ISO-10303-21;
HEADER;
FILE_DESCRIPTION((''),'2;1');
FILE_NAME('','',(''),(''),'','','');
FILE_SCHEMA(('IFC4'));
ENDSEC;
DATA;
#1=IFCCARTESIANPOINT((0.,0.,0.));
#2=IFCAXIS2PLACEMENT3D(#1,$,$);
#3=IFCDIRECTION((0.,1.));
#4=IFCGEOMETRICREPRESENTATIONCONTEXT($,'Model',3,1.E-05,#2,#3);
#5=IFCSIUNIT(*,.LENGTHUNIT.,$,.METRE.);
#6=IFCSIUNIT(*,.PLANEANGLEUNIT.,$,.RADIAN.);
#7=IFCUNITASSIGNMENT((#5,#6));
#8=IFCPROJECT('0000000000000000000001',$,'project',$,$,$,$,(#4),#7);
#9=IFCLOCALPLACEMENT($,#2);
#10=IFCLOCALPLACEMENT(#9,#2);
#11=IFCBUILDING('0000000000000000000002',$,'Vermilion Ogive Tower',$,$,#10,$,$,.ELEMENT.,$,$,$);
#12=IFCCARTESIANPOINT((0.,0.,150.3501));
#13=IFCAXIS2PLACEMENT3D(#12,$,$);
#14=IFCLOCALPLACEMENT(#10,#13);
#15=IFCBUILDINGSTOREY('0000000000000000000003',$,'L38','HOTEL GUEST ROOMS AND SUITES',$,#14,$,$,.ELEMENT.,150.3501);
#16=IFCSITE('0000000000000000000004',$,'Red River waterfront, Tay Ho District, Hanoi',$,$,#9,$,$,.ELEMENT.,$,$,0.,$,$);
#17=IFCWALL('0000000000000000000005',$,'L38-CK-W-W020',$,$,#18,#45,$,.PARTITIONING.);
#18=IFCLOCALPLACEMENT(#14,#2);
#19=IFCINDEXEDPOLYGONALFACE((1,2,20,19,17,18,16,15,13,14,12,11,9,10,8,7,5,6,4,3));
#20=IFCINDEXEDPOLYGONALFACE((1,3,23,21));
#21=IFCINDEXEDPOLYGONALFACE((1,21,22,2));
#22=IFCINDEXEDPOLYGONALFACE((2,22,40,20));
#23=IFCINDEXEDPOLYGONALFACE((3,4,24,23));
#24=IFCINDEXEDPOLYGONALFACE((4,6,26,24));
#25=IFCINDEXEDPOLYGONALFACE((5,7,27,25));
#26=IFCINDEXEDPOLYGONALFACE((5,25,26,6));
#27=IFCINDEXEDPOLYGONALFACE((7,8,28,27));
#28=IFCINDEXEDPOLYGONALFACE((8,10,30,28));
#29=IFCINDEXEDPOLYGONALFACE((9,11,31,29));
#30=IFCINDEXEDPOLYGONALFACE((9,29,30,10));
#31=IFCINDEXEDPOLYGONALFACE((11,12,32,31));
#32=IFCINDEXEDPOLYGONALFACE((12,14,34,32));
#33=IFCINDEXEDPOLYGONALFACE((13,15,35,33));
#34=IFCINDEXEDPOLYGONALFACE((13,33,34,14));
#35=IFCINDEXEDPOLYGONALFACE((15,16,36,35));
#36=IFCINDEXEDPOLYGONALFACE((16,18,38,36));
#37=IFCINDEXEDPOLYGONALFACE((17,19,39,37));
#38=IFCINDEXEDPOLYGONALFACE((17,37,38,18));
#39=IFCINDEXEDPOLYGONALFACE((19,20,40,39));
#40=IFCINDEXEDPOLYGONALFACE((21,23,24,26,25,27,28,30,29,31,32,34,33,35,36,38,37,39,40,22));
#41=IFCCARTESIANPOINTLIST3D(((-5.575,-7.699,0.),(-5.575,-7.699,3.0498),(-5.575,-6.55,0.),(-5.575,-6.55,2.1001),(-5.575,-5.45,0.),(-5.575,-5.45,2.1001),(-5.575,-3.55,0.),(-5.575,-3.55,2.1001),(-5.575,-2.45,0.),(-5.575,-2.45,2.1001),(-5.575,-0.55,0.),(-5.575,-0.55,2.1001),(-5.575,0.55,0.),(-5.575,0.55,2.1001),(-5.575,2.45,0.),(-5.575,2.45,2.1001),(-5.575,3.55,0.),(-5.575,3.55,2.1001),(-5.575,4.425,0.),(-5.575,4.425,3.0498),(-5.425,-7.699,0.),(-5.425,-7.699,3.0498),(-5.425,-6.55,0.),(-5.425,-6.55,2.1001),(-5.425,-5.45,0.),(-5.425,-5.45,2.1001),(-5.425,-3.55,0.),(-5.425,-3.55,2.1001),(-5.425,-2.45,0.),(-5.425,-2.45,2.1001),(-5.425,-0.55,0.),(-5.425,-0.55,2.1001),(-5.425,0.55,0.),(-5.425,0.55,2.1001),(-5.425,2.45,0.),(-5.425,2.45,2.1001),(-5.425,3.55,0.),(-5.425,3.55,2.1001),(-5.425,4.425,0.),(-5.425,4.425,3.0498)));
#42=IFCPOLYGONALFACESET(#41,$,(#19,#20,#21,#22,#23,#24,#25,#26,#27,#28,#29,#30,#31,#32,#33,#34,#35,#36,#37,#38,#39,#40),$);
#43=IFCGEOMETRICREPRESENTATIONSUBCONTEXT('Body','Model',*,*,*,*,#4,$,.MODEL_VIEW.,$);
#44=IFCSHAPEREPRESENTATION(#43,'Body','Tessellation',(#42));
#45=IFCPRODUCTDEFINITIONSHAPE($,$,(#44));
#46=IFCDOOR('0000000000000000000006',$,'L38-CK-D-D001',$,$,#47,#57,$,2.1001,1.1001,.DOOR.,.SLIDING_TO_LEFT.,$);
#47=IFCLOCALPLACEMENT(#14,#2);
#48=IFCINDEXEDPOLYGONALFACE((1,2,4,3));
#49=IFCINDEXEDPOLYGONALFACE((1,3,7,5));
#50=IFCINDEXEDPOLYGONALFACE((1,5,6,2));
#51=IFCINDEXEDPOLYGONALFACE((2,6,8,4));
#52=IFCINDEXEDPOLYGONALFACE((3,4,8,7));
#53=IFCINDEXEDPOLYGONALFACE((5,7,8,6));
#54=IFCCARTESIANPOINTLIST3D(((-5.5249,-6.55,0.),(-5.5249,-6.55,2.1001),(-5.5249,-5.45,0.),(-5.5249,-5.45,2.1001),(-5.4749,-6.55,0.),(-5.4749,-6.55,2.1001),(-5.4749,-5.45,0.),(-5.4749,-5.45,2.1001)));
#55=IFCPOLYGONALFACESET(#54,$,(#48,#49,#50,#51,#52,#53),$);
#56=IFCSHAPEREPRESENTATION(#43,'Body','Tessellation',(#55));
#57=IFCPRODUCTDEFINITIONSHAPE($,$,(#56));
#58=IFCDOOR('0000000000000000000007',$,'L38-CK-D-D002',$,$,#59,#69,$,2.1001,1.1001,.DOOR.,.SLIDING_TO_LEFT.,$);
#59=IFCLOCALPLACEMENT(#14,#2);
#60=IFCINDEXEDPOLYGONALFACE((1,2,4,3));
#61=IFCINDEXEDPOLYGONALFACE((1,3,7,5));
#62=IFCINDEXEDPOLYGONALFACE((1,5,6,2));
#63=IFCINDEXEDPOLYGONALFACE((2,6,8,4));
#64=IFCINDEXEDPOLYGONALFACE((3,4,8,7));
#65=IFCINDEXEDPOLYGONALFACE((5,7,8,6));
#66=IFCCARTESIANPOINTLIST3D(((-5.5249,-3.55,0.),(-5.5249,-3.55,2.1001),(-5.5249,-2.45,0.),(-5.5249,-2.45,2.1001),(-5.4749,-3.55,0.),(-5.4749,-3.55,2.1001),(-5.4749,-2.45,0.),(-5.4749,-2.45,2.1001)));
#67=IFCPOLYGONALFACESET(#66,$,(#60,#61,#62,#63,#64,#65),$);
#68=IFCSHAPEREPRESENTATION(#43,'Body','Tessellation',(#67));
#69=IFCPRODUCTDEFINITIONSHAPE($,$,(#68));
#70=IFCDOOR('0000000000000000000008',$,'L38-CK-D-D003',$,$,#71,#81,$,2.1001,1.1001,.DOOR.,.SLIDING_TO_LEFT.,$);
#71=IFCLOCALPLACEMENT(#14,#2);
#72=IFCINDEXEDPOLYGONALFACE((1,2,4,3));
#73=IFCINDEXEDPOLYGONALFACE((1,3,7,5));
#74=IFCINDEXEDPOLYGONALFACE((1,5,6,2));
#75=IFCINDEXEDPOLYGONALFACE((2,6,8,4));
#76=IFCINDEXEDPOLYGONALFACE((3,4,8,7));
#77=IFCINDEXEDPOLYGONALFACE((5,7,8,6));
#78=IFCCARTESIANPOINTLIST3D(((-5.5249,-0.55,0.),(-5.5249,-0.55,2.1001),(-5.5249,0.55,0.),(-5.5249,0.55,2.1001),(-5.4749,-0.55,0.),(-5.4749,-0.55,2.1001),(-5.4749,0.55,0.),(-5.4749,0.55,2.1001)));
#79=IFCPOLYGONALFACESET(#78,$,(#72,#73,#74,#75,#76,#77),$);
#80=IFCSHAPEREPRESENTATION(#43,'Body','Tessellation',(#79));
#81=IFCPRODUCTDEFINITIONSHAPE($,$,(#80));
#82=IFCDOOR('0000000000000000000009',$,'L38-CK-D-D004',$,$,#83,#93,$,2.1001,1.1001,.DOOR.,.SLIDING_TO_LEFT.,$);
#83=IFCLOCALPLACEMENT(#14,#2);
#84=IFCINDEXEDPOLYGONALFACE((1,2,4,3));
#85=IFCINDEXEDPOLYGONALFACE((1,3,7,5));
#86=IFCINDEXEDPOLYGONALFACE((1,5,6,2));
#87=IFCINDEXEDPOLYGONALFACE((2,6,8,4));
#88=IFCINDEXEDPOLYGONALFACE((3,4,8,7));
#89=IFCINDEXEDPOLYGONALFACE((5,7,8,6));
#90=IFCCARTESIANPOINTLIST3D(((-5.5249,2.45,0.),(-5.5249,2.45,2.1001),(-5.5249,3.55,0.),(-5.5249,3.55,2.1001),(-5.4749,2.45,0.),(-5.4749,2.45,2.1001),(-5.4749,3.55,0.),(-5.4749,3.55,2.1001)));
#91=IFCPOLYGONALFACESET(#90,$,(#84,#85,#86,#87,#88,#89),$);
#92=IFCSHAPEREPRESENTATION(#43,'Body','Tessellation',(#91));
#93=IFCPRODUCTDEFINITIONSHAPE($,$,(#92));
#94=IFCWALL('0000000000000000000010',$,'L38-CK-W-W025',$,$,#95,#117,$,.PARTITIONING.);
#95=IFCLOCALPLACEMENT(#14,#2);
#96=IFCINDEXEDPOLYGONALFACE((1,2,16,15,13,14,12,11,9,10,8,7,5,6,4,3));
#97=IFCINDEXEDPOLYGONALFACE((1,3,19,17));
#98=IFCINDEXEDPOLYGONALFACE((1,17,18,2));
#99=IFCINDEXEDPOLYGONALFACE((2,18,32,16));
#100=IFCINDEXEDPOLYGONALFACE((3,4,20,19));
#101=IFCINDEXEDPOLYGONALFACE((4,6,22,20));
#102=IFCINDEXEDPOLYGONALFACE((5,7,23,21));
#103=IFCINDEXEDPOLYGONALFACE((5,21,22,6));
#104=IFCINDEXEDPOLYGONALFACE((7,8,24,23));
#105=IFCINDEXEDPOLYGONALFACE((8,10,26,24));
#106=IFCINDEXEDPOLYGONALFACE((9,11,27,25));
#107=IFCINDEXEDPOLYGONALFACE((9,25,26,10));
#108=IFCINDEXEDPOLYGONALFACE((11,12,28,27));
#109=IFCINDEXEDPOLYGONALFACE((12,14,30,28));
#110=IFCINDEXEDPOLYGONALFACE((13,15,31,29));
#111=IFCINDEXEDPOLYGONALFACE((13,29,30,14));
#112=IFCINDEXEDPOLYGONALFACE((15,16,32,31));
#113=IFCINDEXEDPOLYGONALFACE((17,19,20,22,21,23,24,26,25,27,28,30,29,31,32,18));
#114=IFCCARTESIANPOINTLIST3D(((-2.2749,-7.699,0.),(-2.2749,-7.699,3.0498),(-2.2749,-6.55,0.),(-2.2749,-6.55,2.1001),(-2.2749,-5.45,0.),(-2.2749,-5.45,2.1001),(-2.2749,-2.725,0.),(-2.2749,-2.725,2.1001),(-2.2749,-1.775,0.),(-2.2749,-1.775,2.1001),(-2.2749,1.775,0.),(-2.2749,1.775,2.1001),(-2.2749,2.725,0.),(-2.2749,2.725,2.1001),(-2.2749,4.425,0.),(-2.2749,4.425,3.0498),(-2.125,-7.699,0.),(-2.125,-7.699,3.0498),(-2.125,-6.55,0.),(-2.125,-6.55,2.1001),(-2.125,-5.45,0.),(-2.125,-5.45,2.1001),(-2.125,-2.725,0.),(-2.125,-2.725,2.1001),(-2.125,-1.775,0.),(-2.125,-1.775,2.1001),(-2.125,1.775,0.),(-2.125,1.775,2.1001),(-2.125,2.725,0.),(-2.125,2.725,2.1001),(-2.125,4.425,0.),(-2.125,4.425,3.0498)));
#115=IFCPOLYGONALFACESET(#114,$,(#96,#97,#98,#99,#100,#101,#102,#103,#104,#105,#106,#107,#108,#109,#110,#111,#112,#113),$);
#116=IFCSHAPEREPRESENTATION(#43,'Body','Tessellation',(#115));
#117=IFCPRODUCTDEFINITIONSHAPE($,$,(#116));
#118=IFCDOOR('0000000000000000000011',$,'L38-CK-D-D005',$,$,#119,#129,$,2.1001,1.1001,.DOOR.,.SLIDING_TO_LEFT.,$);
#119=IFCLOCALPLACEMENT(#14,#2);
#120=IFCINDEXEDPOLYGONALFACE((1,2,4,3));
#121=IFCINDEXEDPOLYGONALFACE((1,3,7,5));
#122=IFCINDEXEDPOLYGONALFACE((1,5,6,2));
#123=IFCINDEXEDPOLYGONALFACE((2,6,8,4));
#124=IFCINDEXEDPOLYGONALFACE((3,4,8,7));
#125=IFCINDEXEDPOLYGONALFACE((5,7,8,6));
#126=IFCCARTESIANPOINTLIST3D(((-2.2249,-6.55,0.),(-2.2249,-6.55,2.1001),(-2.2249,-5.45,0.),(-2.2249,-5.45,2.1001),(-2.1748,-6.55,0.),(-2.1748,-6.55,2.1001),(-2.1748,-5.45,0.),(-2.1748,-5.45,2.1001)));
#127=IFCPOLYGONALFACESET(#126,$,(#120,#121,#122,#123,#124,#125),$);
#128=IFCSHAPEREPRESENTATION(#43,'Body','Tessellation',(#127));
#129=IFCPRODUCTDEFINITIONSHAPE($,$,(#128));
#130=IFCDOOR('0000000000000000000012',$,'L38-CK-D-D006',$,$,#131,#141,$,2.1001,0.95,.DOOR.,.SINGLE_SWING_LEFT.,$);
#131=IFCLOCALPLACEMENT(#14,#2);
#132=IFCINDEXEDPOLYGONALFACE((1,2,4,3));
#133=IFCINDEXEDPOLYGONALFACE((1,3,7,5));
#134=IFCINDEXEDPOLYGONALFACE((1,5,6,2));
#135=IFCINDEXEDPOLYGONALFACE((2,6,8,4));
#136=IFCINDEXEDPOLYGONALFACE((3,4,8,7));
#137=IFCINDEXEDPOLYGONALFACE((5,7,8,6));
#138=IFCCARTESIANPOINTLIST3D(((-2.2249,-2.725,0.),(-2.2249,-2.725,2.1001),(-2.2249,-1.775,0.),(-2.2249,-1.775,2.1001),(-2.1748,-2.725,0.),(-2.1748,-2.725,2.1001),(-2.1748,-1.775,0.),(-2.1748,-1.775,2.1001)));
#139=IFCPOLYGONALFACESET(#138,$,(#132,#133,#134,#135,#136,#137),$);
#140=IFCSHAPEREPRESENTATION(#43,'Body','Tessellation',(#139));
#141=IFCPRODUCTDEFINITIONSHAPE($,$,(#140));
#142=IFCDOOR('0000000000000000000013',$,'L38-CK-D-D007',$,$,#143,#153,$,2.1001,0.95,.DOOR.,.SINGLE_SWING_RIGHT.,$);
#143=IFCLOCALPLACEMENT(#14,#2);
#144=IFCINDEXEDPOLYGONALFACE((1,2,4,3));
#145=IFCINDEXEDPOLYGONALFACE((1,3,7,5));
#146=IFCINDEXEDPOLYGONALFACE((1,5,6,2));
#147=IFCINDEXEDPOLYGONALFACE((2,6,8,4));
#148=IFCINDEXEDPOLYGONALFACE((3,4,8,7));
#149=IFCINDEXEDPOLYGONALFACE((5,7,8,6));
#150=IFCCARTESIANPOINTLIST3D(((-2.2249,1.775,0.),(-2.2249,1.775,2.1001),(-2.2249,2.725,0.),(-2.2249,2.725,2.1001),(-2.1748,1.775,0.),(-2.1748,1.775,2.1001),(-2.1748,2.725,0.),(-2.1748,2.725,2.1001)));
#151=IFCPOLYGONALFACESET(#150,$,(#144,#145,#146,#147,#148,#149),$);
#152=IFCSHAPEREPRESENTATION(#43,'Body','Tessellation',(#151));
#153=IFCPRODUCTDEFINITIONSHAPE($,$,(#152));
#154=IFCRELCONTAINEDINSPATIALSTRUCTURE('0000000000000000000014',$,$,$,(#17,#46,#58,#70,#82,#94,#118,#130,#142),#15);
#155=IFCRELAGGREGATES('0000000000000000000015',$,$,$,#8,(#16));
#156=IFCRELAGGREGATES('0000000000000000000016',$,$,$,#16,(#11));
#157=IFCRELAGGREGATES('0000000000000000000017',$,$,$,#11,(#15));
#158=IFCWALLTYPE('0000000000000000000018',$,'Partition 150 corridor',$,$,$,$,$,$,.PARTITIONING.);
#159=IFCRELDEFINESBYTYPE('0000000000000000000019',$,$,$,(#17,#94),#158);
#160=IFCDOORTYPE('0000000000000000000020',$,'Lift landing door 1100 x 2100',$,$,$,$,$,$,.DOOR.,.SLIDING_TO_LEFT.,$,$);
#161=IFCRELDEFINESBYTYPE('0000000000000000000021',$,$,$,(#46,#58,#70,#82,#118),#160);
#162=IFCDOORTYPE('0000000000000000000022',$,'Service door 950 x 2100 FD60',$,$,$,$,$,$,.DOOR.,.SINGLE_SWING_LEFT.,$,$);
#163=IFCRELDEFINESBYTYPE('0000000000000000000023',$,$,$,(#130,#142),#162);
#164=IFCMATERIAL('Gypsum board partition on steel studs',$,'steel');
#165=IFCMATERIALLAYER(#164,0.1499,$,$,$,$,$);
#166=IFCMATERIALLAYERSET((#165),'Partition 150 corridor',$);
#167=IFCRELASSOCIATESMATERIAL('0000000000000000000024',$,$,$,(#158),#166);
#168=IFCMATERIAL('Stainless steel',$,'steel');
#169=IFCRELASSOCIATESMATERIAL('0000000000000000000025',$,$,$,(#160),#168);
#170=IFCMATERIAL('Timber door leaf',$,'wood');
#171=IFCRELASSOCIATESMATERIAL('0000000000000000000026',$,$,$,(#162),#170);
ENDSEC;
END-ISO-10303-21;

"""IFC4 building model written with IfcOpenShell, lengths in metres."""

from ifc_helpers import new_model, si_unit, direction, frame, frame_2d, origin, place, context, subcontext, project, spatial, rectangle, extrude, material, layer, layer_set, type_object, element, fill, save


model = new_model("IFC4")

# Units and contexts
model_context = context("Model", 3, precision=1e-05, world=origin(), true_north=direction((0.0, 1.0)))
body_context = subcontext(model_context, "Body", "Model", "MODEL_VIEW")
ifc_project = project(units=[si_unit("LENGTHUNIT", "METRE"), si_unit("PLANEANGLEUNIT", "RADIAN")], contexts=[model_context])

# Site, building, storey
site_placement = place(None, origin())
site = spatial("IfcSite", under=ifc_project, at=site_placement, Name="Red River waterfront, Tay Ho District, Hanoi", CompositionType="ELEMENT", RefElevation=0.0)
building_placement = place(site_placement, origin())
building = spatial("IfcBuilding", under=site, at=building_placement, Name="Vermilion Ogive Tower", CompositionType="ELEMENT")
storey_placement = place(building_placement, frame((0.0, 0.0, 150.3501)))
storey = spatial("IfcBuildingStorey", under=building, at=storey_placement, Name="L38", Description="HOTEL GUEST ROOMS AND SUITES", CompositionType="ELEMENT", Elevation=150.3501)

# Walls, openings, doors
ifc_material_1 = material(Name="Gypsum board partition on steel studs", Category="steel")
ifc_layer_1 = layer(ifc_material_1, 0.1499)
ifc_layer_set_1 = layer_set([ifc_layer_1], Name="Partition 150 corridor")
wall_type_1 = type_object("IfcWallType", Name="Partition 150 corridor", PredefinedType="PARTITIONING", material=ifc_layer_set_1)
wall_1_placement = place(storey_placement, frame((-5.5, -7.699, 0.0), z_axis=(0.0, 0.0, 1.0), x_axis=(0.0, 1.0, 0.0)))
wall_1 = element("IfcWall", 1, at=wall_1_placement, inside=storey, type_object=wall_type_1, Name="L38-CK-W-W020", PredefinedType="PARTITIONING", context=body_context, shape_type="SweptSolid", body=[
    extrude(rectangle(XDim=12.124, YDim=0.1499, at=frame_2d((6.062, 0.0))), origin(), (0.0, 0.0, 1.0), 3.0498),
])
opening_1_placement = place(wall_1_placement, frame((1.1489, 0.0, 0.0)))
opening_1 = element("IfcOpeningElement", 2, at=opening_1_placement, cuts=wall_1, PredefinedType="OPENING", context=body_context, shape_type="SweptSolid", body=[
    extrude(rectangle(XDim=1.1001, YDim=2.1001, at=frame_2d((0.55, 1.05))), frame((0.0, 0.085, 0.0), z_axis=(0.0, -1.0, 0.0), x_axis=(1.0, 0.0, 0.0)), (0.0, 0.0, 1.0), 0.1699),
])
opening_2_placement = place(wall_1_placement, frame((4.1489, 0.0, 0.0)))
opening_2 = element("IfcOpeningElement", 3, at=opening_2_placement, cuts=wall_1, PredefinedType="OPENING", context=body_context, shape_type="SweptSolid", body=[
    extrude(rectangle(XDim=1.1001, YDim=2.1001, at=frame_2d((0.55, 1.05))), frame((0.0, 0.085, 0.0), z_axis=(0.0, -1.0, 0.0), x_axis=(1.0, 0.0, 0.0)), (0.0, 0.0, 1.0), 0.1699),
])
opening_3_placement = place(wall_1_placement, frame((7.1489, 0.0, 0.0)))
opening_3 = element("IfcOpeningElement", 4, at=opening_3_placement, cuts=wall_1, PredefinedType="OPENING", context=body_context, shape_type="SweptSolid", body=[
    extrude(rectangle(XDim=1.1001, YDim=2.1001, at=frame_2d((0.55, 1.05))), frame((0.0, 0.085, 0.0), z_axis=(0.0, -1.0, 0.0), x_axis=(1.0, 0.0, 0.0)), (0.0, 0.0, 1.0), 0.1699),
])
opening_4_placement = place(wall_1_placement, frame((10.1489, 0.0, 0.0)))
opening_4 = element("IfcOpeningElement", 5, at=opening_4_placement, cuts=wall_1, PredefinedType="OPENING", context=body_context, shape_type="SweptSolid", body=[
    extrude(rectangle(XDim=1.1001, YDim=2.1001, at=frame_2d((0.55, 1.05))), frame((0.0, 0.085, 0.0), z_axis=(0.0, -1.0, 0.0), x_axis=(1.0, 0.0, 0.0)), (0.0, 0.0, 1.0), 0.1699),
])
ifc_material_2 = material(Name="Stainless steel", Category="steel")
door_type_1 = type_object("IfcDoorType", Name="Lift landing door 1100 x 2100", OperationType="SLIDING_TO_LEFT", PredefinedType="DOOR", material=ifc_material_2)
door_1_placement = place(opening_1_placement, origin())
door_1 = element("IfcDoor", 6, at=door_1_placement, inside=storey, type_object=door_type_1, Name="L38-CK-D-D001", OperationType="SLIDING_TO_LEFT", OverallHeight=2.1001, OverallWidth=1.1001, PredefinedType="DOOR", context=body_context, shape_type="SweptSolid", body=[
    extrude(rectangle(XDim=1.1001, YDim=2.1001, at=frame_2d((0.55, 1.05))), frame((0.0, 0.0249, 0.0), z_axis=(0.0, -1.0, 0.0), x_axis=(1.0, 0.0, 0.0)), (0.0, 0.0, 1.0), 0.05),
])
fill(opening_1, door_1)
door_2_placement = place(opening_2_placement, origin())
door_2 = element("IfcDoor", 7, at=door_2_placement, inside=storey, type_object=door_type_1, Name="L38-CK-D-D002", OperationType="SLIDING_TO_LEFT", OverallHeight=2.1001, OverallWidth=1.1001, PredefinedType="DOOR", context=body_context, shape_type="SweptSolid", body=[
    extrude(rectangle(XDim=1.1001, YDim=2.1001, at=frame_2d((0.55, 1.05))), frame((0.0, 0.0249, 0.0), z_axis=(0.0, -1.0, 0.0), x_axis=(1.0, 0.0, 0.0)), (0.0, 0.0, 1.0), 0.05),
])
fill(opening_2, door_2)
door_3_placement = place(opening_3_placement, origin())
door_3 = element("IfcDoor", 8, at=door_3_placement, inside=storey, type_object=door_type_1, Name="L38-CK-D-D003", OperationType="SLIDING_TO_LEFT", OverallHeight=2.1001, OverallWidth=1.1001, PredefinedType="DOOR", context=body_context, shape_type="SweptSolid", body=[
    extrude(rectangle(XDim=1.1001, YDim=2.1001, at=frame_2d((0.55, 1.05))), frame((0.0, 0.0249, 0.0), z_axis=(0.0, -1.0, 0.0), x_axis=(1.0, 0.0, 0.0)), (0.0, 0.0, 1.0), 0.05),
])
fill(opening_3, door_3)
door_4_placement = place(opening_4_placement, origin())
door_4 = element("IfcDoor", 9, at=door_4_placement, inside=storey, type_object=door_type_1, Name="L38-CK-D-D004", OperationType="SLIDING_TO_LEFT", OverallHeight=2.1001, OverallWidth=1.1001, PredefinedType="DOOR", context=body_context, shape_type="SweptSolid", body=[
    extrude(rectangle(XDim=1.1001, YDim=2.1001, at=frame_2d((0.55, 1.05))), frame((0.0, 0.0249, 0.0), z_axis=(0.0, -1.0, 0.0), x_axis=(1.0, 0.0, 0.0)), (0.0, 0.0, 1.0), 0.05),
])
fill(opening_4, door_4)
wall_2_placement = place(storey_placement, frame((-2.2, -7.699, 0.0), z_axis=(0.0, 0.0, 1.0), x_axis=(0.0, 1.0, 0.0)))
wall_2 = element("IfcWall", 10, at=wall_2_placement, inside=storey, type_object=wall_type_1, Name="L38-CK-W-W025", PredefinedType="PARTITIONING", context=body_context, shape_type="SweptSolid", body=[
    extrude(rectangle(XDim=12.124, YDim=0.1499, at=frame_2d((6.062, 0.0))), origin(), (0.0, 0.0, 1.0), 3.0498),
])
opening_5_placement = place(wall_2_placement, frame((1.1489, 0.0, 0.0)))
opening_5 = element("IfcOpeningElement", 11, at=opening_5_placement, cuts=wall_2, PredefinedType="OPENING", context=body_context, shape_type="SweptSolid", body=[
    extrude(rectangle(XDim=1.1001, YDim=2.1001, at=frame_2d((0.55, 1.05))), frame((0.0, 0.085, 0.0), z_axis=(0.0, -1.0, 0.0), x_axis=(1.0, 0.0, 0.0)), (0.0, 0.0, 1.0), 0.1699),
])
opening_6_placement = place(wall_2_placement, frame((4.9739, 0.0, 0.0)))
opening_6 = element("IfcOpeningElement", 12, at=opening_6_placement, cuts=wall_2, PredefinedType="OPENING", context=body_context, shape_type="SweptSolid", body=[
    extrude(rectangle(XDim=0.95, YDim=2.1001, at=frame_2d((0.4751, 1.05))), frame((0.0, 0.085, 0.0), z_axis=(0.0, -1.0, 0.0), x_axis=(1.0, 0.0, 0.0)), (0.0, 0.0, 1.0), 0.1699),
])
opening_7_placement = place(wall_2_placement, frame((9.4739, 0.0, 0.0)))
opening_7 = element("IfcOpeningElement", 13, at=opening_7_placement, cuts=wall_2, PredefinedType="OPENING", context=body_context, shape_type="SweptSolid", body=[
    extrude(rectangle(XDim=0.95, YDim=2.1001, at=frame_2d((0.4751, 1.05))), frame((0.0, 0.085, 0.0), z_axis=(0.0, -1.0, 0.0), x_axis=(1.0, 0.0, 0.0)), (0.0, 0.0, 1.0), 0.1699),
])
door_5_placement = place(opening_5_placement, origin())
door_5 = element("IfcDoor", 14, at=door_5_placement, inside=storey, type_object=door_type_1, Name="L38-CK-D-D005", OperationType="SLIDING_TO_LEFT", OverallHeight=2.1001, OverallWidth=1.1001, PredefinedType="DOOR", context=body_context, shape_type="SweptSolid", body=[
    extrude(rectangle(XDim=1.1001, YDim=2.1001, at=frame_2d((0.55, 1.05))), frame((0.0, 0.0249, 0.0), z_axis=(0.0, -1.0, 0.0), x_axis=(1.0, 0.0, 0.0)), (0.0, 0.0, 1.0), 0.05),
])
fill(opening_5, door_5)
ifc_material_3 = material(Name="Timber door leaf", Category="wood")
door_type_2 = type_object("IfcDoorType", Name="Service door 950 x 2100 FD60", OperationType="SINGLE_SWING_LEFT", PredefinedType="DOOR", material=ifc_material_3)
door_6_placement = place(opening_6_placement, origin())
door_6 = element("IfcDoor", 15, at=door_6_placement, inside=storey, type_object=door_type_2, Name="L38-CK-D-D006", OperationType="SINGLE_SWING_LEFT", OverallHeight=2.1001, OverallWidth=0.95, PredefinedType="DOOR", context=body_context, shape_type="SweptSolid", body=[
    extrude(rectangle(XDim=0.95, YDim=2.1001, at=frame_2d((0.4751, 1.05))), frame((0.0, 0.0249, 0.0), z_axis=(0.0, -1.0, 0.0), x_axis=(1.0, 0.0, 0.0)), (0.0, 0.0, 1.0), 0.05),
])
fill(opening_6, door_6)
door_7_placement = place(opening_7_placement, origin())
door_7 = element("IfcDoor", 16, at=door_7_placement, inside=storey, type_object=door_type_2, Name="L38-CK-D-D007", OperationType="SINGLE_SWING_RIGHT", OverallHeight=2.1001, OverallWidth=0.95, PredefinedType="DOOR", context=body_context, shape_type="SweptSolid", body=[
    extrude(rectangle(XDim=0.95, YDim=2.1001, at=frame_2d((0.4751, 1.05))), frame((0.0, 0.0249, 0.0), z_axis=(0.0, -1.0, 0.0), x_axis=(1.0, 0.0, 0.0)), (0.0, 0.0, 1.0), 0.05),
])
fill(opening_7, door_7)

save(model, "model.ifc")
